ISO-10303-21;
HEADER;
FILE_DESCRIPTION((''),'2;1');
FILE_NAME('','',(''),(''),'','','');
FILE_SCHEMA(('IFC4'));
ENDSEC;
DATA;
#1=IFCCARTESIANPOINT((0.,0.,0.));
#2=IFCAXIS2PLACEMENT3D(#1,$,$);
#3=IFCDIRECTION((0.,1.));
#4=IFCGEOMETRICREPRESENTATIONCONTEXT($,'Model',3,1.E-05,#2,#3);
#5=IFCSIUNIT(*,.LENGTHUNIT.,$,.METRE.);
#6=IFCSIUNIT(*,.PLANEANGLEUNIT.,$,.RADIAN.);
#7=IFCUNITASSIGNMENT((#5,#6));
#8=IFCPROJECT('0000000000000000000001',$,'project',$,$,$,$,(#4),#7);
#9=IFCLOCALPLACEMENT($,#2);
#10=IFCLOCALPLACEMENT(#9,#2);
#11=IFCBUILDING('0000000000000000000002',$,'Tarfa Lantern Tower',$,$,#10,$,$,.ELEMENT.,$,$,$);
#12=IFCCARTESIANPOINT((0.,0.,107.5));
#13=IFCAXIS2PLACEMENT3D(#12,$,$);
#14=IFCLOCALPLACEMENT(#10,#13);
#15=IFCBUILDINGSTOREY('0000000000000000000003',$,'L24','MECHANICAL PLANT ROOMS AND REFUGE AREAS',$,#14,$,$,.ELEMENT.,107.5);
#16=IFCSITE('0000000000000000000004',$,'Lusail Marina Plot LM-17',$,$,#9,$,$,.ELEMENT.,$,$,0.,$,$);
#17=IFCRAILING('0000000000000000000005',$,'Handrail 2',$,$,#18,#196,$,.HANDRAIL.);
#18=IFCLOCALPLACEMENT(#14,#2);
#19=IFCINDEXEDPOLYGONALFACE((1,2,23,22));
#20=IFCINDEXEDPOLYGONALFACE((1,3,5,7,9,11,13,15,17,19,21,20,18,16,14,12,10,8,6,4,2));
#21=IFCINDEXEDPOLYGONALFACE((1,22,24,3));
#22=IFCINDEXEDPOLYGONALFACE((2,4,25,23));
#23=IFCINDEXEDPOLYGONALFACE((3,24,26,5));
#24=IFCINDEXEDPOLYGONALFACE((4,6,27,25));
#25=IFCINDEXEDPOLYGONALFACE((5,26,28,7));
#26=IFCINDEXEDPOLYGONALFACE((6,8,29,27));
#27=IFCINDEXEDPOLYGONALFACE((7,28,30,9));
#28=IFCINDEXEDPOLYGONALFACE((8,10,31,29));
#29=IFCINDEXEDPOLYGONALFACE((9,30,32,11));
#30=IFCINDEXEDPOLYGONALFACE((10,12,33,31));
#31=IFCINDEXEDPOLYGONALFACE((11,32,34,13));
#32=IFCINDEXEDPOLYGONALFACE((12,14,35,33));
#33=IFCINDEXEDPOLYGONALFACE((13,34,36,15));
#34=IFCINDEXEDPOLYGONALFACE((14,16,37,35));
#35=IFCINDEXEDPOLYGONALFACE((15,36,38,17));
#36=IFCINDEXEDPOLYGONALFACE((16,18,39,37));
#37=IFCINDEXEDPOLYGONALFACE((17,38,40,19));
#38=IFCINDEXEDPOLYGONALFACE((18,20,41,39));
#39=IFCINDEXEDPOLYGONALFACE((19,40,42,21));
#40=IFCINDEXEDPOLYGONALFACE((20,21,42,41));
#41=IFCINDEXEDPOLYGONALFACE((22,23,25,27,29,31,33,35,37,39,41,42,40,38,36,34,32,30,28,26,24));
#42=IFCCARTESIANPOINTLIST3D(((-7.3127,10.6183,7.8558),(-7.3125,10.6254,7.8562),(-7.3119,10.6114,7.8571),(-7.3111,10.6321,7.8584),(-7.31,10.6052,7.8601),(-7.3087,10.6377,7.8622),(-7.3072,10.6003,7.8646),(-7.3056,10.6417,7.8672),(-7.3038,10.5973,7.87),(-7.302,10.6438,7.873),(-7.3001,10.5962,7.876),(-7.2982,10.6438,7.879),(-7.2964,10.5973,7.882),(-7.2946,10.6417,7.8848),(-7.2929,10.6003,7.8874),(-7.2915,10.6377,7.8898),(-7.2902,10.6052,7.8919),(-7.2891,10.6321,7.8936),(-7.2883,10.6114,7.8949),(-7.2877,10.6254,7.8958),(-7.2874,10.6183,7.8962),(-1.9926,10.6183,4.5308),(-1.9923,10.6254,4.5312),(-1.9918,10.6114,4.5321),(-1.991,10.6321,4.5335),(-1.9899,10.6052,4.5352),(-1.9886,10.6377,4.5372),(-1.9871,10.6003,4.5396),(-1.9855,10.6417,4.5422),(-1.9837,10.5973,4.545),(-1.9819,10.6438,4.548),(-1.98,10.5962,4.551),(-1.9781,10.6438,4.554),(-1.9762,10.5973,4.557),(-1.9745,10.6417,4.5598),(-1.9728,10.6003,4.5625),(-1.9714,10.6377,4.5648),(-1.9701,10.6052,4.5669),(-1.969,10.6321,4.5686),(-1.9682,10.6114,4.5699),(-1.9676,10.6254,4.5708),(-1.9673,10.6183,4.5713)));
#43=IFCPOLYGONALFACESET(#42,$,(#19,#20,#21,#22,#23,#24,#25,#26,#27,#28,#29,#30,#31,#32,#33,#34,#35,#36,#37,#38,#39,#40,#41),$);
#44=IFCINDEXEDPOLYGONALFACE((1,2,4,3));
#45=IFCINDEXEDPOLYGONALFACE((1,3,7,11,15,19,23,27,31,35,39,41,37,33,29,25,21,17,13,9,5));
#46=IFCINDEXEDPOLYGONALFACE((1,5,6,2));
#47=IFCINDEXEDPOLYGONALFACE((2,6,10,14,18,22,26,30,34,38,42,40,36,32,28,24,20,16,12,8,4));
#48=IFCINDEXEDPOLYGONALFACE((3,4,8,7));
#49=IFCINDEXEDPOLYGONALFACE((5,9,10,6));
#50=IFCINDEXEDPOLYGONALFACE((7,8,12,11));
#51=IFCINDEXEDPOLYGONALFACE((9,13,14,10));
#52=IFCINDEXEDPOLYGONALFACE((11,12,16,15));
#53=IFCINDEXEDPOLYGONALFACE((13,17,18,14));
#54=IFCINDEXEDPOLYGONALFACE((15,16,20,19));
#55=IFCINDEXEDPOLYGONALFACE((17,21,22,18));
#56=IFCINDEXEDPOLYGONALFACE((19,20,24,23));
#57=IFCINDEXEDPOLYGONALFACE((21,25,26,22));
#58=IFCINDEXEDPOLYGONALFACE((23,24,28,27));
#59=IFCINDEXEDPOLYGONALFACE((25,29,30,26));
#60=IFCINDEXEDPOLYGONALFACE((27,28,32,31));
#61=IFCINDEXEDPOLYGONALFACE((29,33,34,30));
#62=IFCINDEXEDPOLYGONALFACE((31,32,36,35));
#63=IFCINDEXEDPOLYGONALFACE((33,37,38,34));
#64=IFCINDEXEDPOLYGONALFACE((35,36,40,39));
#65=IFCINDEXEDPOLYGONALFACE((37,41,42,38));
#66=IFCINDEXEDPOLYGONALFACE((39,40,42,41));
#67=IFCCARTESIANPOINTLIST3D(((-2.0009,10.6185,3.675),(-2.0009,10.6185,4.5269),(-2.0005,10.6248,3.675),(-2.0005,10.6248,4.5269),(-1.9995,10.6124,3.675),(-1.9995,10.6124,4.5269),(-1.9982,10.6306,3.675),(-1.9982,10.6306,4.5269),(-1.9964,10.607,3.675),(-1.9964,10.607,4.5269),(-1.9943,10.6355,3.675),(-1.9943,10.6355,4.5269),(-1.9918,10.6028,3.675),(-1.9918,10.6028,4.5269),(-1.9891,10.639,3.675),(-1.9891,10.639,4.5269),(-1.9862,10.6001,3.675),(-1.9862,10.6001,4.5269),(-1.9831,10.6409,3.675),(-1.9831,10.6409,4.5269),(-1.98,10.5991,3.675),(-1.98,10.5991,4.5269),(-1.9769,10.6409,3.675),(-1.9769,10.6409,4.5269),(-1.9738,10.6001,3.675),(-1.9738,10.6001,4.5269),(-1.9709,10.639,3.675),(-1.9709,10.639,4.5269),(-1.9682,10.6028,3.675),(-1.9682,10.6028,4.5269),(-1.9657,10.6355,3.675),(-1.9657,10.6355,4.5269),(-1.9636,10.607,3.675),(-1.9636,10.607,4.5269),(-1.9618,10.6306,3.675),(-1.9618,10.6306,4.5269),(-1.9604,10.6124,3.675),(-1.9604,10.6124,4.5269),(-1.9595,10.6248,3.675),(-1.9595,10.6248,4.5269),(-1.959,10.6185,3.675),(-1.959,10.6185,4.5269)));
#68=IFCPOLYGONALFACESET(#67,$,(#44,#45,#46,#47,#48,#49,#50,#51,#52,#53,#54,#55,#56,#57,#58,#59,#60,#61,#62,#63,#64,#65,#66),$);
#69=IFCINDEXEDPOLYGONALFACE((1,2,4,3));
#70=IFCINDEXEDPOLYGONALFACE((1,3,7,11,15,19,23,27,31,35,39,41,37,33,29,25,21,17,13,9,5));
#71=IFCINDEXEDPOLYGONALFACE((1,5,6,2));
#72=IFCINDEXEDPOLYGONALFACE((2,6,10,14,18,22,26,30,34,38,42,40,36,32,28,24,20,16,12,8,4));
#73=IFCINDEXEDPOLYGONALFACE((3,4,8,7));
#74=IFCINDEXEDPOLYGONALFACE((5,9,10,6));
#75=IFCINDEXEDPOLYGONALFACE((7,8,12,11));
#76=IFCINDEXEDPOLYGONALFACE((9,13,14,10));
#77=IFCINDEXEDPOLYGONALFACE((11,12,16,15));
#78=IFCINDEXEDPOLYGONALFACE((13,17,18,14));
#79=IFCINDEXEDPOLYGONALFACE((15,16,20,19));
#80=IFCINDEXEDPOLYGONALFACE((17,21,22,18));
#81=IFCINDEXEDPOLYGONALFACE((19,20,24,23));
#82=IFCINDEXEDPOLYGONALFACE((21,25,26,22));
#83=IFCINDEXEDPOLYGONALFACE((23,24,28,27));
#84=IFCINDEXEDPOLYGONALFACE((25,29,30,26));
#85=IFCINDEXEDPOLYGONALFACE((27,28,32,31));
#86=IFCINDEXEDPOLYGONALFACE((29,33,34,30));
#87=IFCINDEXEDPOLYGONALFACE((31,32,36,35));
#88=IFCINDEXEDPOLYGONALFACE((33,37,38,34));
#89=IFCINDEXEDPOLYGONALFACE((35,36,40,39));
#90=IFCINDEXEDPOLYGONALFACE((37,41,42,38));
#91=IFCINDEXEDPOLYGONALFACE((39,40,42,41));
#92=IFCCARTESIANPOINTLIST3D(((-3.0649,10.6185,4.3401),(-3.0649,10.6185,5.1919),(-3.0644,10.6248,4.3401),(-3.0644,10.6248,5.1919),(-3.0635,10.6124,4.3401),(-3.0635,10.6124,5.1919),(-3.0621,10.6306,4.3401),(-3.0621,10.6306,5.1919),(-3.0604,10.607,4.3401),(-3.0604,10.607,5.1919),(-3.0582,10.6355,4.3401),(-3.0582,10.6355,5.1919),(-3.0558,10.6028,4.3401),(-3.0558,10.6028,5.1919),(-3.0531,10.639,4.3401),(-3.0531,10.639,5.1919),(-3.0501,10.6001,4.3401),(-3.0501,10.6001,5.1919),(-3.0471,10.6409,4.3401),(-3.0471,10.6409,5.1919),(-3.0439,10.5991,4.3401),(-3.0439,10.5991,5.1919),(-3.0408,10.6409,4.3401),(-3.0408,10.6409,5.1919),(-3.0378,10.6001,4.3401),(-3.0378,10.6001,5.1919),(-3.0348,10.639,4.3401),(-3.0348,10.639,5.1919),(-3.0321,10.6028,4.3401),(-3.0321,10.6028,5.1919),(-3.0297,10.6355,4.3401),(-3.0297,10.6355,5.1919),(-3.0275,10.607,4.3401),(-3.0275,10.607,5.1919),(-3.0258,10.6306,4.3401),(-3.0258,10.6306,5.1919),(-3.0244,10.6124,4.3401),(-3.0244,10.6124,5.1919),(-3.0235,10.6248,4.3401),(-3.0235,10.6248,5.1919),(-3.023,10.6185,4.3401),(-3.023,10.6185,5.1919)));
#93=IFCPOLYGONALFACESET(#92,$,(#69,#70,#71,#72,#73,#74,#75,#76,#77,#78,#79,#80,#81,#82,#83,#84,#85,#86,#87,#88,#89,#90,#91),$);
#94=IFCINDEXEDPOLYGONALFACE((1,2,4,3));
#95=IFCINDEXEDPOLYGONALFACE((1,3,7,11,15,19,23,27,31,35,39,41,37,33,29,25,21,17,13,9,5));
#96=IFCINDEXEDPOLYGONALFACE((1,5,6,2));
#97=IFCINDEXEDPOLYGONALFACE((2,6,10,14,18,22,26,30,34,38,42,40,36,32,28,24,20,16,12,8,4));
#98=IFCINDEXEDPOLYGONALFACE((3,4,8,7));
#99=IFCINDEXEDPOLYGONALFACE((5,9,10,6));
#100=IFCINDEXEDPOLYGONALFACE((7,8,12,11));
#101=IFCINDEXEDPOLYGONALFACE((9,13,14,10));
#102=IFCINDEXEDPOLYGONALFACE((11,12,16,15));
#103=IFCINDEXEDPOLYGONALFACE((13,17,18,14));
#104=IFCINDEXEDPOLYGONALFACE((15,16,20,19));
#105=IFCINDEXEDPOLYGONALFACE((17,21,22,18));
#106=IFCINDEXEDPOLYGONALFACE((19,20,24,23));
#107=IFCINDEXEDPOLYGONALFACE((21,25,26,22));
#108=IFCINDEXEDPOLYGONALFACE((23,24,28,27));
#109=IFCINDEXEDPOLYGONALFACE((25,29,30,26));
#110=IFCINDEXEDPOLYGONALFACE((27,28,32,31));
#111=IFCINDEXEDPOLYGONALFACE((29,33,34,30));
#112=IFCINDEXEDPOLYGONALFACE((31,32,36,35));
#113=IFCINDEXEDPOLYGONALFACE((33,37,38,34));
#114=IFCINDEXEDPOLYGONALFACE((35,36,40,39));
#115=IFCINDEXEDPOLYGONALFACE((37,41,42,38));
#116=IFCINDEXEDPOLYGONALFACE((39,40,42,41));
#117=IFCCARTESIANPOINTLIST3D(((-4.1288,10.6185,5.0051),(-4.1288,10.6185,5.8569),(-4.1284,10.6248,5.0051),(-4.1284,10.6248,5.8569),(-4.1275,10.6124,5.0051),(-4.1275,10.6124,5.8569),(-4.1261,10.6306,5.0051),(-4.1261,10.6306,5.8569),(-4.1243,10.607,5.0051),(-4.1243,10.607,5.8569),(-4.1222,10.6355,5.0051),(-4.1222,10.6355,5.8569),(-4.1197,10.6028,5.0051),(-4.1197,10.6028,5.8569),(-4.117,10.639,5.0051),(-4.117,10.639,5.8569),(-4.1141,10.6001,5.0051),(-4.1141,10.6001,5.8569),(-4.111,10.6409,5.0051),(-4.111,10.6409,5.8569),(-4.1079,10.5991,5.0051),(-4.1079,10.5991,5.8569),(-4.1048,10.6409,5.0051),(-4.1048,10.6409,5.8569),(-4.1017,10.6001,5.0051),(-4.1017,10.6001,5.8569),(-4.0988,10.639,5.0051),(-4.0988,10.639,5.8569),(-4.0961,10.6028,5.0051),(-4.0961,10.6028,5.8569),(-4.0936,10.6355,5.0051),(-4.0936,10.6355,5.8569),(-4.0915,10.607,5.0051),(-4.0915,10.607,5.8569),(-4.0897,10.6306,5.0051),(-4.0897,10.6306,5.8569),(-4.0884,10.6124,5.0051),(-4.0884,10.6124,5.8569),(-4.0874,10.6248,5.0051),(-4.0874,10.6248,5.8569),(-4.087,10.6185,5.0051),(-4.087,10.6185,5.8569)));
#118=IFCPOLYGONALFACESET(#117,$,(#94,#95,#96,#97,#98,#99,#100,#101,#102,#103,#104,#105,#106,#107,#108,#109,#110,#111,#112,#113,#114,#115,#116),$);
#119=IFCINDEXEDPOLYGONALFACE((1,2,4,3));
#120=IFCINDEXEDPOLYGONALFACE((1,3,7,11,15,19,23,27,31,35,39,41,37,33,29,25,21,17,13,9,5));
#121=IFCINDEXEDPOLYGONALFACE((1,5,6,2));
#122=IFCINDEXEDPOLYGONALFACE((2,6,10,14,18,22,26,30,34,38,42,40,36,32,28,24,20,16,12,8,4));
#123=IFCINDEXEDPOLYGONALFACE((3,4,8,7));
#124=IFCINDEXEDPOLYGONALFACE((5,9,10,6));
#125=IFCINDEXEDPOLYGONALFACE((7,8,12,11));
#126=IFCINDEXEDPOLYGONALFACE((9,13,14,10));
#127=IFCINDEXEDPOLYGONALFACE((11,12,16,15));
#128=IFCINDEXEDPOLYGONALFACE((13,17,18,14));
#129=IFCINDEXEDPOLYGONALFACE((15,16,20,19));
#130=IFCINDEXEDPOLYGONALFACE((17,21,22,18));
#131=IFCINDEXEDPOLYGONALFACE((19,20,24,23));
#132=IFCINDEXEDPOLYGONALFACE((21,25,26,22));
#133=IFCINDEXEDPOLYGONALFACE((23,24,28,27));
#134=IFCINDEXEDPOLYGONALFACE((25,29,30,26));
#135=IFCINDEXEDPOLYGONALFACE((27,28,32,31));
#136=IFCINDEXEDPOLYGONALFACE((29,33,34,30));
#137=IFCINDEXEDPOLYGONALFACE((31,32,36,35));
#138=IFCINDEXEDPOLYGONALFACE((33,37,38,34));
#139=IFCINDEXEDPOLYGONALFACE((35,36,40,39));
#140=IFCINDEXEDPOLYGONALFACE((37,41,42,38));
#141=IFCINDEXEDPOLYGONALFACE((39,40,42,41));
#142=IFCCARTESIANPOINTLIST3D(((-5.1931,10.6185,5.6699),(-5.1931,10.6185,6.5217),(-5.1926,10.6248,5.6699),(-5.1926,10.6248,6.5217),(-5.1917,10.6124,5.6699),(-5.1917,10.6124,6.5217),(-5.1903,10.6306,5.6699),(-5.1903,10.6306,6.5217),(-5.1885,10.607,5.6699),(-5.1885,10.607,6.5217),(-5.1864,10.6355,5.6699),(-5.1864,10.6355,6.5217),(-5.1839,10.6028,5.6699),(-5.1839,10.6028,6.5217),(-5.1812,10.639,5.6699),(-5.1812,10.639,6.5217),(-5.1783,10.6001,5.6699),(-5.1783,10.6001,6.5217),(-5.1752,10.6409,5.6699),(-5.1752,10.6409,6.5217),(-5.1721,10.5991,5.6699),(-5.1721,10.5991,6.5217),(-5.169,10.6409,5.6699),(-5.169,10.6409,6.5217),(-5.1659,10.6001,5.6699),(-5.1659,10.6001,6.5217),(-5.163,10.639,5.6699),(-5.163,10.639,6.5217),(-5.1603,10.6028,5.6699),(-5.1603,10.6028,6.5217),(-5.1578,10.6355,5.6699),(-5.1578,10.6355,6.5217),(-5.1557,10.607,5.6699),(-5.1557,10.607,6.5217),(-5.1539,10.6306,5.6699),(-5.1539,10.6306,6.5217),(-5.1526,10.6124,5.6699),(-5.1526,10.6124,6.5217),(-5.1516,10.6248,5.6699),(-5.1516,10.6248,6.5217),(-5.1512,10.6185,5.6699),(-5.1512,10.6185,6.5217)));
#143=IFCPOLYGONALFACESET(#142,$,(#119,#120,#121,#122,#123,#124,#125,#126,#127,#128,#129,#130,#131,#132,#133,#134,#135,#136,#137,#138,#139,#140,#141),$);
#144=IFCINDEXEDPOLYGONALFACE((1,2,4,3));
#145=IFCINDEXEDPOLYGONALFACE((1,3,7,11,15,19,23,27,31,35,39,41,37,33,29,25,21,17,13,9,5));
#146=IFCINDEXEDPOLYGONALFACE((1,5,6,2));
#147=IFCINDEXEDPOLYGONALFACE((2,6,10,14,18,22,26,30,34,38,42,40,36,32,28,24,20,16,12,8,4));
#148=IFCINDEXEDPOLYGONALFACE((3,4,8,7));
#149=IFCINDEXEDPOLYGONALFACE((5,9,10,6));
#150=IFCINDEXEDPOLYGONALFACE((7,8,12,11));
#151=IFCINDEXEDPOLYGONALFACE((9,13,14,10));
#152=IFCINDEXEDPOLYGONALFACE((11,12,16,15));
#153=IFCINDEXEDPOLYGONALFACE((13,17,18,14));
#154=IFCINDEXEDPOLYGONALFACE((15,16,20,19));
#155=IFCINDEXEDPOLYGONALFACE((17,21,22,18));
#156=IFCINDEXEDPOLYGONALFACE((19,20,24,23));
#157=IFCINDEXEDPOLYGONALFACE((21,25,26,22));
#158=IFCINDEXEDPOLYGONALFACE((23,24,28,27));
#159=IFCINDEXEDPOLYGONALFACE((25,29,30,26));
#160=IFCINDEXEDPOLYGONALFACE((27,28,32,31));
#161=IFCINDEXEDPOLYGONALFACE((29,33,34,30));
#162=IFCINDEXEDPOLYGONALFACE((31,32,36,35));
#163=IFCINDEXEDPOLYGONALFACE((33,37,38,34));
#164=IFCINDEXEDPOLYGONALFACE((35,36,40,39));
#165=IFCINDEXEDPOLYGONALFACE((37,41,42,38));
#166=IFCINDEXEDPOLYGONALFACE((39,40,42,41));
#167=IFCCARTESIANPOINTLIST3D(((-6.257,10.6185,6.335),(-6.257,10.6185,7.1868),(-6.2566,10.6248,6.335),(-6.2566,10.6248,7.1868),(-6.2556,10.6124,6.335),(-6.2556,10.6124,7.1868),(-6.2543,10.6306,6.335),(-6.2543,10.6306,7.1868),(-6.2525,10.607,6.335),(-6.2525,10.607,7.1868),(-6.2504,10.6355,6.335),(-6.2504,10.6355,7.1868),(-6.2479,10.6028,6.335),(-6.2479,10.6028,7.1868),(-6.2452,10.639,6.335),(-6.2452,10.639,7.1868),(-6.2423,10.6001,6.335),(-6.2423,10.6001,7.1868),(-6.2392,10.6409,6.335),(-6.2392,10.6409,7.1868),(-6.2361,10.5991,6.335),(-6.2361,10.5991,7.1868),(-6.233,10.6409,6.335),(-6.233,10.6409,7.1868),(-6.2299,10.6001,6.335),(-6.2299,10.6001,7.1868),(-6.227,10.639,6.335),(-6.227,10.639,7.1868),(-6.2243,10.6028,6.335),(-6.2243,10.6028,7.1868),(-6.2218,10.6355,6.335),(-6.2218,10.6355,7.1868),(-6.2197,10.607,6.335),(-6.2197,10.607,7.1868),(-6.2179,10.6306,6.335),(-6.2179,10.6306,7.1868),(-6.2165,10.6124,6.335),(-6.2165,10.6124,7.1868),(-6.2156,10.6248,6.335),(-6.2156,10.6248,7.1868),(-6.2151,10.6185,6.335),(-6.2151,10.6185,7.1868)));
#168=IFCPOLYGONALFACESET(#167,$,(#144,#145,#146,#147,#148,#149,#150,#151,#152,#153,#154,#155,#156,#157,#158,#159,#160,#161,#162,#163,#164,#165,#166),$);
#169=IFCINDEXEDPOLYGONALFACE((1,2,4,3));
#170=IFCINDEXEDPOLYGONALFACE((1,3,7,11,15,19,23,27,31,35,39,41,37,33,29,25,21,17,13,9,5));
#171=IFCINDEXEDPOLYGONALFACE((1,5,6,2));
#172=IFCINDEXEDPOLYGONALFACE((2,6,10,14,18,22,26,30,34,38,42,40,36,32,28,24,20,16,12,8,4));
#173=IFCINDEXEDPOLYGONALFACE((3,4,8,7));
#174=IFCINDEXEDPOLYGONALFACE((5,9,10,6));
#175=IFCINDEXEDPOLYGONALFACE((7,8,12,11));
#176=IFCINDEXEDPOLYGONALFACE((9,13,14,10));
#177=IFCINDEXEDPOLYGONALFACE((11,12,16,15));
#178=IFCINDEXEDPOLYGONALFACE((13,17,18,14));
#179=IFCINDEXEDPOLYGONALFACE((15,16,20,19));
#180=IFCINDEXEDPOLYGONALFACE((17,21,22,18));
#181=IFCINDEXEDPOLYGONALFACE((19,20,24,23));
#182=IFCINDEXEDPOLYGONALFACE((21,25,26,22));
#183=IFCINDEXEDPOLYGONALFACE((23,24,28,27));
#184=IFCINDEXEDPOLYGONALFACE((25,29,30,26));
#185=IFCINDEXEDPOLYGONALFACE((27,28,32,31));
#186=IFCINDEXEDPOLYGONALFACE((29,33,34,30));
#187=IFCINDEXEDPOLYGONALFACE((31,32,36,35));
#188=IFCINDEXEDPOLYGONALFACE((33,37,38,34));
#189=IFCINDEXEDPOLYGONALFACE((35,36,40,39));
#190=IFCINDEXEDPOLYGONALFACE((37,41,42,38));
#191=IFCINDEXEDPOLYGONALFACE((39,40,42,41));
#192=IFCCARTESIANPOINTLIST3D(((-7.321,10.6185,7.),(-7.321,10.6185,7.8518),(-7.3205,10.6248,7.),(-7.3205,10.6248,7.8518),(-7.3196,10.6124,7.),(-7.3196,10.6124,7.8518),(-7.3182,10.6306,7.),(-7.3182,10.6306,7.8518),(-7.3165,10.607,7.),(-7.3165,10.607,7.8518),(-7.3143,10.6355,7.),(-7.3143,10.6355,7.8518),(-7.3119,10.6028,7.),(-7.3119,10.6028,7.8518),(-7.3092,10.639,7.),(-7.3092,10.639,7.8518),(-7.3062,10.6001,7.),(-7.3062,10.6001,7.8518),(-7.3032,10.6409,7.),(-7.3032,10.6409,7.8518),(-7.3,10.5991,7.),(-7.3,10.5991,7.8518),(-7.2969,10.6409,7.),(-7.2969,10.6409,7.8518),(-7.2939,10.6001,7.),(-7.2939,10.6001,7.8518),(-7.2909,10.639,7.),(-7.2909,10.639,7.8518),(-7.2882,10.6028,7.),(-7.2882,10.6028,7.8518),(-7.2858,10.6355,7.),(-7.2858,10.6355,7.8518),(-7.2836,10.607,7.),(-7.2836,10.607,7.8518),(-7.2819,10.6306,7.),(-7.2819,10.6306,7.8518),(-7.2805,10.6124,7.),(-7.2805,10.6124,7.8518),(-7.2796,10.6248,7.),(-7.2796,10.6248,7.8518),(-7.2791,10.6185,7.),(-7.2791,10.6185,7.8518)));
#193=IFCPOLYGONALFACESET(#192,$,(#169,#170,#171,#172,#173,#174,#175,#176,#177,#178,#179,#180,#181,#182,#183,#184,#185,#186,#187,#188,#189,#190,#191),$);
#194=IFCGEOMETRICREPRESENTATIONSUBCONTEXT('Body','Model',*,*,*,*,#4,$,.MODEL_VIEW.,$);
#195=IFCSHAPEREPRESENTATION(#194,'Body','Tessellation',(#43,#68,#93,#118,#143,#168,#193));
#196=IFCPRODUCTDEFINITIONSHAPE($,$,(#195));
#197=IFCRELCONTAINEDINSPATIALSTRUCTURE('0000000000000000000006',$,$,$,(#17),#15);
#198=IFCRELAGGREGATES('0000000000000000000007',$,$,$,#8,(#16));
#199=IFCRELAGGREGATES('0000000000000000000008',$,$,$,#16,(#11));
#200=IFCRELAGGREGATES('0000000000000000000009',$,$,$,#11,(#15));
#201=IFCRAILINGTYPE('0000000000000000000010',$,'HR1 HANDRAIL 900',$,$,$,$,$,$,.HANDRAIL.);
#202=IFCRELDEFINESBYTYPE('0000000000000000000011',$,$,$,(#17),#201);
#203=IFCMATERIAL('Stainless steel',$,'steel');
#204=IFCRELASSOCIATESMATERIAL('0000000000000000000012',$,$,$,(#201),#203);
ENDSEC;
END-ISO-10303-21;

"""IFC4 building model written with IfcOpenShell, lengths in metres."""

from ifc_helpers import new_model, si_unit, direction, frame, origin, origin_2d, place, context, subcontext, project, spatial, circle, extrude, material, type_object, element, save


model = new_model("IFC4")

# Units and contexts
model_context = context("Model", 3, precision=1e-05, world=origin(), true_north=direction((0.0, 1.0)))
body_context = subcontext(model_context, "Body", "Model", "MODEL_VIEW")
ifc_project = project(units=[si_unit("LENGTHUNIT", "METRE"), si_unit("PLANEANGLEUNIT", "RADIAN")], contexts=[model_context])

# Site, building, storey
site_placement = place(None, origin())
site = spatial("IfcSite", under=ifc_project, at=site_placement, Name="Lusail Marina Plot LM-17", CompositionType="ELEMENT", RefElevation=0.0)
building_placement = place(site_placement, origin())
building = spatial("IfcBuilding", under=site, at=building_placement, Name="Tarfa Lantern Tower", CompositionType="ELEMENT")
storey_placement = place(building_placement, frame((0.0, 0.0, 107.5)))
storey = spatial("IfcBuildingStorey", under=building, at=storey_placement, Name="L24", Description="MECHANICAL PLANT ROOMS AND REFUGE AREAS", CompositionType="ELEMENT", Elevation=107.5)

# Railing
ifc_material_1 = material(Name="Stainless steel", Category="steel")
railing_type = type_object("IfcRailingType", Name="HR1 HANDRAIL 900", PredefinedType="HANDRAIL", material=ifc_material_1)
railing_1_placement = place(storey_placement, frame((-1.98, 10.6201, 3.675)))
element("IfcRailing", 1, at=railing_1_placement, inside=storey, type_object=railing_type, Name="Handrail 2", PredefinedType="HANDRAIL", context=body_context, shape_type="SweptSolid", body=[
    extrude(circle(Radius=0.0239, at=origin_2d()), frame((0.0, 0.0, 0.876), z_axis=(-0.848005, 0.0, 0.529988), x_axis=(0.0, -1.0, 0.0)), (0.0, 0.0, 1.0), 6.2737),
    extrude(circle(Radius=0.021, at=origin_2d()), frame((0.0, 0.0, 0.0), z_axis=(0.0, 0.0, 1.0), x_axis=(0.0, -1.0, 0.0)), (0.0, 0.0, 1.0), 0.8518),
    extrude(circle(Radius=0.021, at=origin_2d()), frame((-1.064, 0.0, 0.665), z_axis=(0.0, 0.0, 1.0), x_axis=(0.0, -1.0, 0.0)), (0.0, 0.0, 1.0), 0.8518),
    extrude(circle(Radius=0.021, at=origin_2d()), frame((-2.1279, 0.0, 1.3301), z_axis=(0.0, 0.0, 1.0), x_axis=(0.0, -1.0, 0.0)), (0.0, 0.0, 1.0), 0.8518),
    extrude(circle(Radius=0.021, at=origin_2d()), frame((-3.1921, 0.0, 1.9949), z_axis=(0.0, 0.0, 1.0), x_axis=(0.0, -1.0, 0.0)), (0.0, 0.0, 1.0), 0.8518),
    extrude(circle(Radius=0.021, at=origin_2d()), frame((-4.2561, 0.0, 2.6599), z_axis=(0.0, 0.0, 1.0), x_axis=(0.0, -1.0, 0.0)), (0.0, 0.0, 1.0), 0.8518),
    extrude(circle(Radius=0.021, at=origin_2d()), frame((-5.3201, 0.0, 3.325), z_axis=(0.0, 0.0, 1.0), x_axis=(0.0, -1.0, 0.0)), (0.0, 0.0, 1.0), 0.8518),
])

save(model, "model.ifc")
